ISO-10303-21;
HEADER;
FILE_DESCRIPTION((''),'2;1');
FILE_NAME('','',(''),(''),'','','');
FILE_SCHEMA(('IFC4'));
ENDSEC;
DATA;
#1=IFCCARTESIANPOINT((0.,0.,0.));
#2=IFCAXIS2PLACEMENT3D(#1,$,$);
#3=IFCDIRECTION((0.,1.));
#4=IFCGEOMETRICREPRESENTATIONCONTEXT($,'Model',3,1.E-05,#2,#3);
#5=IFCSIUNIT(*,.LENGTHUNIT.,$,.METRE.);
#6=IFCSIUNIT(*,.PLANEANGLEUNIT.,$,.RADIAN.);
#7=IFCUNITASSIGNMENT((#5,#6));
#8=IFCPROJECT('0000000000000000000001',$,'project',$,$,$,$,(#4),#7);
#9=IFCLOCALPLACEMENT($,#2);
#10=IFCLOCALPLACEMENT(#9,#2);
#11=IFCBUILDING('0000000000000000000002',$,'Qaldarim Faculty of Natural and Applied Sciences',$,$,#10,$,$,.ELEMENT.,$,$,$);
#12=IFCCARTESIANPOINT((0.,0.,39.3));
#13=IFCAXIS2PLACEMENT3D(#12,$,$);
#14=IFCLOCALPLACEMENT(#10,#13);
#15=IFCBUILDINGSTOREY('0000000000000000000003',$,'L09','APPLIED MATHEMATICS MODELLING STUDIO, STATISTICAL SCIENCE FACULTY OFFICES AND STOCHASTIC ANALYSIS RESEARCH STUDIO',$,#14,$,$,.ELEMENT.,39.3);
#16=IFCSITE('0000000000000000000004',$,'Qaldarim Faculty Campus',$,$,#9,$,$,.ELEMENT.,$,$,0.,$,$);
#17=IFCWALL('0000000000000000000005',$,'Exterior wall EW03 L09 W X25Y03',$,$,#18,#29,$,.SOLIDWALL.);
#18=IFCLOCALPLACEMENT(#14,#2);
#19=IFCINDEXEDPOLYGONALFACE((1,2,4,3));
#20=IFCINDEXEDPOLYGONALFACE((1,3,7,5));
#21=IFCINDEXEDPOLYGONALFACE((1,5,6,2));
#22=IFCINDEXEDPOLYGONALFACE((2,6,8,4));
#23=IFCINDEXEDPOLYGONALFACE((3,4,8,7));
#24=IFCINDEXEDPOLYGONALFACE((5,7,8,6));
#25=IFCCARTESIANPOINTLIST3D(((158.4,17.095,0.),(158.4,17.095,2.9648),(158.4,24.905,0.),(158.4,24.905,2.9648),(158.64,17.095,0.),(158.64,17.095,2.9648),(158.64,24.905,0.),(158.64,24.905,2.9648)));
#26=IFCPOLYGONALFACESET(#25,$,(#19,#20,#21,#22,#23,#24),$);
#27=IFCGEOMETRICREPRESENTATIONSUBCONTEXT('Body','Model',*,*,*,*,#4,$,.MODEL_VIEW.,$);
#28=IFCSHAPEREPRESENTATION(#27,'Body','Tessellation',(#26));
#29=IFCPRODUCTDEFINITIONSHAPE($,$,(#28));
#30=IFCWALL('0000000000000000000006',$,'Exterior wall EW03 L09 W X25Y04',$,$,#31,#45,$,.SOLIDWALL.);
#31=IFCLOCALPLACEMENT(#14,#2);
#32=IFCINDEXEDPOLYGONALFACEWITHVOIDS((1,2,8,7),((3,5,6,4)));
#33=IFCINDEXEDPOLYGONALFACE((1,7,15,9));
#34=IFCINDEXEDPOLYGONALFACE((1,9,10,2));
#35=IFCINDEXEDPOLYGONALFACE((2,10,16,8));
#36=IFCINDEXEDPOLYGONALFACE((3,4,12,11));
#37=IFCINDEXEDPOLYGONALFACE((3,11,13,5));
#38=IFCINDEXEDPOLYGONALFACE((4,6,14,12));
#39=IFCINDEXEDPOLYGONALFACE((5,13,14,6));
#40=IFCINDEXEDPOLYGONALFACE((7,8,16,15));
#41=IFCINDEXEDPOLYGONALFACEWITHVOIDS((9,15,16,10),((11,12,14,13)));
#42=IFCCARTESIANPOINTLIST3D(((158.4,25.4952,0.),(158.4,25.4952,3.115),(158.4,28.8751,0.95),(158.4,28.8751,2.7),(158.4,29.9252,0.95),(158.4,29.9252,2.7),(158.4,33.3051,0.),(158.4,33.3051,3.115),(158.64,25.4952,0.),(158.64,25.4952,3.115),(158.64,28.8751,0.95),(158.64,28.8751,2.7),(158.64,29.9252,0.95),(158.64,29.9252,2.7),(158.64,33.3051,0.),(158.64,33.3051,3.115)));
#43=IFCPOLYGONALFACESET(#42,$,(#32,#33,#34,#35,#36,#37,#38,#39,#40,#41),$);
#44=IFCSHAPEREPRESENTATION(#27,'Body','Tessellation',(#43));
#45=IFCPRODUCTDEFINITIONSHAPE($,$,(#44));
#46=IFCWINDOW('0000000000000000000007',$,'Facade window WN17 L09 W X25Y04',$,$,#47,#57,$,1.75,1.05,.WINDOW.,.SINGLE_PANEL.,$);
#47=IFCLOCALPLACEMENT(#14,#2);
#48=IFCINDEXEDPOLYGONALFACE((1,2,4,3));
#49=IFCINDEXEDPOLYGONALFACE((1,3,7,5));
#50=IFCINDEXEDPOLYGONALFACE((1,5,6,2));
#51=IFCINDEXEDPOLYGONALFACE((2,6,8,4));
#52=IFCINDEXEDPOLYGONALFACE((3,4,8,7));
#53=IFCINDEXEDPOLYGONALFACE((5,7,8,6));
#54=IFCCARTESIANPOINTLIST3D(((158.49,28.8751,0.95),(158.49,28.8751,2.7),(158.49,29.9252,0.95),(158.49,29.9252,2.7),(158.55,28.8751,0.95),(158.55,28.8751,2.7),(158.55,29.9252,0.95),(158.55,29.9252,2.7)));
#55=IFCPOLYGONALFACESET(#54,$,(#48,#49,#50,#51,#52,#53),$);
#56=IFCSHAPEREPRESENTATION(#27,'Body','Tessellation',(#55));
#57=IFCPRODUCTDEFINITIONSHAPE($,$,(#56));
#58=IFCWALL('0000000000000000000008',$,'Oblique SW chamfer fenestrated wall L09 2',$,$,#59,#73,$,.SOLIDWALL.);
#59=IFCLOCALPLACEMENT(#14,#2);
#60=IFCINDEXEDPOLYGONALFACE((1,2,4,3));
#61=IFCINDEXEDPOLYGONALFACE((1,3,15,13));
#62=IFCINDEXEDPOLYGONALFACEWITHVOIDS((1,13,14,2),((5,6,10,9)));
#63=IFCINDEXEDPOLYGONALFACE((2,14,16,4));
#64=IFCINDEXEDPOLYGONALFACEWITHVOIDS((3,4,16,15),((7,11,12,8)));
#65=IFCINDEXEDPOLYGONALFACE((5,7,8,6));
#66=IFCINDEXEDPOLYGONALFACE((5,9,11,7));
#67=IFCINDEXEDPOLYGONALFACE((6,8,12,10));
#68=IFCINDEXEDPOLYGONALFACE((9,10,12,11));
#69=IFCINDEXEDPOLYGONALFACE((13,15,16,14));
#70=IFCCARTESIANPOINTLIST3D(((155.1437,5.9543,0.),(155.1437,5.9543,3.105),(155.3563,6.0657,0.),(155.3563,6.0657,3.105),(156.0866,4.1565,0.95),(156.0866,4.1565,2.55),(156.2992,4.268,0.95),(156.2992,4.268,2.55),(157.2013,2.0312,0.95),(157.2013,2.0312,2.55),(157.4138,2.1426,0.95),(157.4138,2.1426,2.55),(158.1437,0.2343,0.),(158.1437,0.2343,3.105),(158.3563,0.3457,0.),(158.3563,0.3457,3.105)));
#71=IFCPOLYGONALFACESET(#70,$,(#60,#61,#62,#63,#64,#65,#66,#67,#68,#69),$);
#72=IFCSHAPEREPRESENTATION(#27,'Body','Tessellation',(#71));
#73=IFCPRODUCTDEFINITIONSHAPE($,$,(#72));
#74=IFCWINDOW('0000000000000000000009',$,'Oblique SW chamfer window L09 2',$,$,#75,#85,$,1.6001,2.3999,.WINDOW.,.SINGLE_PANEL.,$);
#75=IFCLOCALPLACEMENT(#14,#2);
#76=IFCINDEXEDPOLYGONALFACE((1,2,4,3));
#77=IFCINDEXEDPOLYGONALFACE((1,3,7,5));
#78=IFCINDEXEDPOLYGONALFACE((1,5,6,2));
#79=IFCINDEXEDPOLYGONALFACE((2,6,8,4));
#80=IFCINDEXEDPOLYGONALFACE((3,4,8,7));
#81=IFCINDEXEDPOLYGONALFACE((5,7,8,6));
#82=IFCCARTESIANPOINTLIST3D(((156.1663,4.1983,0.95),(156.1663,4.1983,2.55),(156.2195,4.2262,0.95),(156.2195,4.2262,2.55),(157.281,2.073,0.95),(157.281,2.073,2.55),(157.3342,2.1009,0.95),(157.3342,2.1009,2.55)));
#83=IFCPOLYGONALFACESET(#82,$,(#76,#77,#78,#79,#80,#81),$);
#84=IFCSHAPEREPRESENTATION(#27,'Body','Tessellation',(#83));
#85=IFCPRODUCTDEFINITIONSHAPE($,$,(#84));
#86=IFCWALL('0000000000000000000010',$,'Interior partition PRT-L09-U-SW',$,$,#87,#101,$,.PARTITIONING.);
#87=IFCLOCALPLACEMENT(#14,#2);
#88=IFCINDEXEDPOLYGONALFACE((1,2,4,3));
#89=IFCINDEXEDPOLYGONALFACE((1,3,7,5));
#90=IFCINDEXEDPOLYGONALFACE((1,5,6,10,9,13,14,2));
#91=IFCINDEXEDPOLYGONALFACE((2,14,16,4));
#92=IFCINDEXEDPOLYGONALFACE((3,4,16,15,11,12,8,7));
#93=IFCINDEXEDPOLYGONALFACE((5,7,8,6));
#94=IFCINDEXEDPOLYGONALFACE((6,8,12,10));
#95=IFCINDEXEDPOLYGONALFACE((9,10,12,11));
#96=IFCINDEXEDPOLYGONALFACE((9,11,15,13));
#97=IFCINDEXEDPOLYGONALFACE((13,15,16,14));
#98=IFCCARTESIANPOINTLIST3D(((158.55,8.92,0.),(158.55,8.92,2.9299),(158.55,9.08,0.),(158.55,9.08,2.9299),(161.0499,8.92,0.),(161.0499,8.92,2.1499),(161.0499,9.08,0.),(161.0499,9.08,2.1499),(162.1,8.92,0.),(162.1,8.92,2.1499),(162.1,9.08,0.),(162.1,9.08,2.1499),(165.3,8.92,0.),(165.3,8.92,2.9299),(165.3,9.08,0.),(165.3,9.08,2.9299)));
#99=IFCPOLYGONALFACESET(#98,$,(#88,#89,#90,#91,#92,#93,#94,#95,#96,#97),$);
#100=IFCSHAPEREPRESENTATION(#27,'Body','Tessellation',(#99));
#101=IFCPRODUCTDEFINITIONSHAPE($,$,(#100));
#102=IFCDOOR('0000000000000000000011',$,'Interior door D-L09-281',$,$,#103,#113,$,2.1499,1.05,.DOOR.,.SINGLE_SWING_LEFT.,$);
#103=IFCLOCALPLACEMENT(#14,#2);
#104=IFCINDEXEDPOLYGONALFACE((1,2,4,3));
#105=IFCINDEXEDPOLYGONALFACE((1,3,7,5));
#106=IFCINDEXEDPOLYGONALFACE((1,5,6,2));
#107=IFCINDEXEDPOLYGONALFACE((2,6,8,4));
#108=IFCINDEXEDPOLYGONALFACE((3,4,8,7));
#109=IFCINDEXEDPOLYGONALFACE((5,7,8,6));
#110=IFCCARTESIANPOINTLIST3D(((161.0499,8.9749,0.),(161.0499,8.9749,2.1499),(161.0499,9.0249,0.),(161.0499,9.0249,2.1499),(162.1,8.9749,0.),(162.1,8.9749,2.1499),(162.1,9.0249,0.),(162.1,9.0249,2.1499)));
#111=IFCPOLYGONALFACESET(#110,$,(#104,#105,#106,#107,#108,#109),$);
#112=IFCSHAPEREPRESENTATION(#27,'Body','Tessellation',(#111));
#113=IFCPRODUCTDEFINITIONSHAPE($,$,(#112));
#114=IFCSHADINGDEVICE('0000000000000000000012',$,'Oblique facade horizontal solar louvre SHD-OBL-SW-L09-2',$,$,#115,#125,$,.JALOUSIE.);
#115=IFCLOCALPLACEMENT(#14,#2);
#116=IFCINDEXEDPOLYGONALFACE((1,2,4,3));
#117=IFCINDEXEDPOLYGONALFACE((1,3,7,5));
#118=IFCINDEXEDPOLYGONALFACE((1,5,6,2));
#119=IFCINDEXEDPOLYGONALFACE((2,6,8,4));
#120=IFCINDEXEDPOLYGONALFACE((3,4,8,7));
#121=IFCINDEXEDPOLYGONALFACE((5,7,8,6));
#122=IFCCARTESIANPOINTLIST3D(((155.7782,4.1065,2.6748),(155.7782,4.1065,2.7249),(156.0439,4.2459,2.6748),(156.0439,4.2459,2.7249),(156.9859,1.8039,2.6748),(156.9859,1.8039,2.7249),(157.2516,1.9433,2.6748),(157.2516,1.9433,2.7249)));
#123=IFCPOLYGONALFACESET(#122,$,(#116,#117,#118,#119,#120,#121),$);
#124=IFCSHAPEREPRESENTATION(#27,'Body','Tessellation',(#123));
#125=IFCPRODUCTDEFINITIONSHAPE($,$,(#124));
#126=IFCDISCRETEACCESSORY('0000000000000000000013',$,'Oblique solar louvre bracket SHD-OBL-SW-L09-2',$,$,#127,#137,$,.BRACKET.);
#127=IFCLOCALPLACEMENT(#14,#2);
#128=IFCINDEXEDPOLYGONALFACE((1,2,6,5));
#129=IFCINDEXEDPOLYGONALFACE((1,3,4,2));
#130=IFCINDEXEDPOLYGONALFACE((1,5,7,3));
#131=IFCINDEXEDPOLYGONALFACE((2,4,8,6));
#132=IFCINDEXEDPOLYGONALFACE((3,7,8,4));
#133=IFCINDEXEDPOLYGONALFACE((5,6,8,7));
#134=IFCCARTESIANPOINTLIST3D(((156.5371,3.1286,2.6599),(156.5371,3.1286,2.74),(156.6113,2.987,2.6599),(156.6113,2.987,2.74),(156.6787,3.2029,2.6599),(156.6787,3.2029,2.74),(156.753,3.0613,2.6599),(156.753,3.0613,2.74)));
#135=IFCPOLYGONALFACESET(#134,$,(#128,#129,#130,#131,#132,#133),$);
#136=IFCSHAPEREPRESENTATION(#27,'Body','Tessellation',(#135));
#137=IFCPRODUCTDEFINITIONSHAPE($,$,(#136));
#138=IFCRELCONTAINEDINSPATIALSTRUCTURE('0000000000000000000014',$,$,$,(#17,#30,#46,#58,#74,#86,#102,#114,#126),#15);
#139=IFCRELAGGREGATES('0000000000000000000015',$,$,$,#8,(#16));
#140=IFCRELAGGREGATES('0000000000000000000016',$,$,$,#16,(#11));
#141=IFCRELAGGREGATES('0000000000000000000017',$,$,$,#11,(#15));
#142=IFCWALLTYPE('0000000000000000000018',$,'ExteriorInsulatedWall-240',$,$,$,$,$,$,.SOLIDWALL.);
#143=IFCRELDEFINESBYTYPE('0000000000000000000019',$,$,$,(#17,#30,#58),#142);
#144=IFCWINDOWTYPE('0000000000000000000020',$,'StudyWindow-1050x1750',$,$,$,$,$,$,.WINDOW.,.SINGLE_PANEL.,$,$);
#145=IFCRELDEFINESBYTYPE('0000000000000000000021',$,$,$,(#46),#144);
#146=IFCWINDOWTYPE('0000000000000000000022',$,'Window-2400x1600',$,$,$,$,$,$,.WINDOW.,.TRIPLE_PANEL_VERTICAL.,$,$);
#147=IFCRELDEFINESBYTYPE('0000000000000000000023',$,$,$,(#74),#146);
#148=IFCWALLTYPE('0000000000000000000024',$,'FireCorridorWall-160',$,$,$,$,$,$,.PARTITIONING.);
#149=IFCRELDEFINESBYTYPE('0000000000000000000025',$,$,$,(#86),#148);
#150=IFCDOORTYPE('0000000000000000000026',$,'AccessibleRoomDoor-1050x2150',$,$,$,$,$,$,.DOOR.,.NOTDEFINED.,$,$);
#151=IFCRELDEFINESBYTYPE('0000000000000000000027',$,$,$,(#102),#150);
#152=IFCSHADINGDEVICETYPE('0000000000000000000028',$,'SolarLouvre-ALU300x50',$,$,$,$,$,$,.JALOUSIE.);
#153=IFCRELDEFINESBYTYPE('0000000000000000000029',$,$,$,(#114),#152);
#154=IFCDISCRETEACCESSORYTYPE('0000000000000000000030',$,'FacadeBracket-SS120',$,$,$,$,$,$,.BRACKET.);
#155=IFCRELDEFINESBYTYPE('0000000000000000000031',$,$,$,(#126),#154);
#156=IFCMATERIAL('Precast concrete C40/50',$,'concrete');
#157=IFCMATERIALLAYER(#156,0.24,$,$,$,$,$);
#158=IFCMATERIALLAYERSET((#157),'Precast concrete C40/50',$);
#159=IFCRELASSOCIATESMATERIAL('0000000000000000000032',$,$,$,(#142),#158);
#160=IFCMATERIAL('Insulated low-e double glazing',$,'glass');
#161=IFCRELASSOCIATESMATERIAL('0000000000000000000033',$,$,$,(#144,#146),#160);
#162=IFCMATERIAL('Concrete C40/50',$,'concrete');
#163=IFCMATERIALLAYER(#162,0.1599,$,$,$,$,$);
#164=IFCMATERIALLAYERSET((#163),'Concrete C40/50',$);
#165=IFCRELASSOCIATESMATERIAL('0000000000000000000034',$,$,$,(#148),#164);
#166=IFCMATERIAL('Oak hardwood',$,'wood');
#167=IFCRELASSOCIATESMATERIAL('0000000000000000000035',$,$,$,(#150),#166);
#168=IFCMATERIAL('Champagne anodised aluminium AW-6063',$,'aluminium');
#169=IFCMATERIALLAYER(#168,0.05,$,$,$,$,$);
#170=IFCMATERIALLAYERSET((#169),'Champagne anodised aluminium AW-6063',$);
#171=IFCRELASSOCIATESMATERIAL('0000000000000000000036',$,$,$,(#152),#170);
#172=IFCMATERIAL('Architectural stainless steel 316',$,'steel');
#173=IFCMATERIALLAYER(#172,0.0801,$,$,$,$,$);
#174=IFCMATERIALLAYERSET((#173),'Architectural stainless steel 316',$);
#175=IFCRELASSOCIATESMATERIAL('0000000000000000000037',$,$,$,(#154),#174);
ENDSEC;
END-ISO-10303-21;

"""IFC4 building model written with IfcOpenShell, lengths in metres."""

from ifc_helpers import new_model, si_unit, direction, frame, frame_2d, origin, origin_2d, place, context, subcontext, project, spatial, rectangle, extrude, material, layer, layer_set, type_object, element, fill, save


model = new_model("IFC4")

# Units and contexts
model_context = context("Model", 3, precision=1e-05, world=origin(), true_north=direction((0.0, 1.0)))
body_context = subcontext(model_context, "Body", "Model", "MODEL_VIEW")
ifc_project = project(units=[si_unit("LENGTHUNIT", "METRE"), si_unit("PLANEANGLEUNIT", "RADIAN")], contexts=[model_context])

# Site, building, storey
site_placement = place(None, origin())
site = spatial("IfcSite", under=ifc_project, at=site_placement, Name="Qaldarim Faculty Campus", CompositionType="ELEMENT", RefElevation=0.0)
building_placement = place(site_placement, origin())
building = spatial("IfcBuilding", under=site, at=building_placement, Name="Qaldarim Faculty of Natural and Applied Sciences", CompositionType="ELEMENT")
storey_placement = place(building_placement, frame((0.0, 0.0, 39.3)))
storey = spatial("IfcBuildingStorey", under=building, at=storey_placement, Name="L09", Description="APPLIED MATHEMATICS MODELLING STUDIO, STATISTICAL SCIENCE FACULTY OFFICES AND STOCHASTIC ANALYSIS RESEARCH STUDIO", CompositionType="ELEMENT", Elevation=39.3)

# Shared definitions
ifc_material_1 = material(Name="Concrete C40/50", Category="concrete")
ifc_material_2 = material(Name="Precast concrete C40/50", Category="concrete")

# Shared definitions
ifc_layer_1 = layer(ifc_material_2, 0.24)
ifc_layer_set_1 = layer_set([ifc_layer_1], Name="Precast concrete C40/50")
wall_type_1 = type_object("IfcWallType", Name="ExteriorInsulatedWall-240", PredefinedType="SOLIDWALL", material=ifc_layer_set_1)
ifc_material_3 = material(Name="Insulated low-e double glazing", Category="glass")

# Wall
wall_1_placement = place(storey_placement, frame((158.52, 24.905, 0.0), z_axis=(0.0, 0.0, 1.0), x_axis=(0.0, -1.0, 0.0)))
element("IfcWall", 1, at=wall_1_placement, inside=storey, type_object=wall_type_1, Name="Exterior wall EW03 L09 W X25Y03", PredefinedType="SOLIDWALL", context=body_context, shape_type="SweptSolid", body=[
    extrude(rectangle(XDim=7.8101, YDim=0.24, at=frame_2d((3.905, 0.0))), origin(), (0.0, 0.0, 1.0), 2.9648),
])

# Walls, openings, windows
wall_2_placement = place(storey_placement, frame((158.52, 33.3049, 0.0), z_axis=(0.0, 0.0, 1.0), x_axis=(0.0, -1.0, 0.0)))
wall_2 = element("IfcWall", 2, at=wall_2_placement, inside=storey, type_object=wall_type_1, Name="Exterior wall EW03 L09 W X25Y04", PredefinedType="SOLIDWALL", context=body_context, shape_type="SweptSolid", body=[
    extrude(rectangle(XDim=7.8098, YDim=0.24, at=frame_2d((3.9048, 0.0))), origin(), (0.0, 0.0, 1.0), 3.115),
])
opening_1_placement = place(wall_2_placement, frame((3.3799, 0.0, 0.95)))
opening_1 = element("IfcOpeningElement", 3, at=opening_1_placement, cuts=wall_2, PredefinedType="OPENING", context=body_context, shape_type="SweptSolid", body=[
    extrude(rectangle(XDim=1.05, YDim=1.75, at=frame_2d((0.5249, 0.875))), frame((0.0, 0.1299, 0.0), z_axis=(0.0, -1.0, 0.0), x_axis=(1.0, 0.0, 0.0)), (0.0, 0.0, 1.0), 0.26),
])
window_type_1 = type_object("IfcWindowType", Name="StudyWindow-1050x1750", PartitioningType="SINGLE_PANEL", PredefinedType="WINDOW", material=ifc_material_3)
window_1_placement = place(opening_1_placement, origin())
window_1 = element("IfcWindow", 4, at=window_1_placement, inside=storey, type_object=window_type_1, Name="Facade window WN17 L09 W X25Y04", OverallHeight=1.75, OverallWidth=1.05, PartitioningType="SINGLE_PANEL", PredefinedType="WINDOW", context=body_context, shape_type="SweptSolid", body=[
    extrude(rectangle(XDim=1.05, YDim=1.75, at=frame_2d((0.5249, 0.875))), frame((0.0, 0.03, 0.0), z_axis=(0.0, -1.0, 0.0), x_axis=(1.0, 0.0, 0.0)), (0.0, 0.0, 1.0), 0.0601),
])
fill(opening_1, window_1)
wall_3_placement = place(storey_placement, frame((155.25, 6.01, 0.0), z_axis=(0.0, 0.0, 1.0), x_axis=(0.464472, -0.885588, 0.0)))
wall_3 = element("IfcWall", 5, at=wall_3_placement, inside=storey, type_object=wall_type_1, Name="Oblique SW chamfer fenestrated wall L09 2", PredefinedType="SOLIDWALL", context=body_context, shape_type="SweptSolid", body=[
    extrude(rectangle(XDim=6.459, YDim=0.24, at=frame_2d((3.2295, 0.0))), origin(), (0.0, 0.0, 1.0), 3.105),
])
opening_2_placement = place(wall_3_placement, frame((2.03, 0.0, 0.95)))
opening_2 = element("IfcOpeningElement", 6, at=opening_2_placement, cuts=wall_3, PredefinedType="OPENING", context=body_context, shape_type="SweptSolid", body=[
    extrude(rectangle(XDim=2.3999, YDim=1.6001, at=frame_2d((1.2, 0.8))), frame((0.0, 0.1299, 0.0), z_axis=(0.0, -1.0, 0.0), x_axis=(1.0, 0.0, 0.0)), (0.0, 0.0, 1.0), 0.26),
])
window_type_2 = type_object("IfcWindowType", Name="Window-2400x1600", PartitioningType="TRIPLE_PANEL_VERTICAL", PredefinedType="WINDOW", material=ifc_material_3)
window_2_placement = place(opening_2_placement, origin())
window_2 = element("IfcWindow", 7, at=window_2_placement, inside=storey, type_object=window_type_2, Name="Oblique SW chamfer window L09 2", OverallHeight=1.6001, OverallWidth=2.3999, PartitioningType="SINGLE_PANEL", PredefinedType="WINDOW", context=body_context, shape_type="SweptSolid", body=[
    extrude(rectangle(XDim=2.3999, YDim=1.6001, at=frame_2d((1.2, 0.8))), frame((0.0, 0.03, 0.0), z_axis=(0.0, -1.0, 0.0), x_axis=(1.0, 0.0, 0.0)), (0.0, 0.0, 1.0), 0.0601),
])
fill(opening_2, window_2)

# Wall, opening, door
ifc_layer_2 = layer(ifc_material_1, 0.1599)
ifc_layer_set_2 = layer_set([ifc_layer_2], Name="Concrete C40/50")
wall_type_2 = type_object("IfcWallType", Name="FireCorridorWall-160", PredefinedType="PARTITIONING", material=ifc_layer_set_2)
wall_4_placement = place(storey_placement, frame((158.55, 9.0, 0.0), z_axis=(0.0, 0.0, 1.0), x_axis=(1.0, 0.0, 0.0)))
wall_4 = element("IfcWall", 8, at=wall_4_placement, inside=storey, type_object=wall_type_2, Name="Interior partition PRT-L09-U-SW", PredefinedType="PARTITIONING", context=body_context, shape_type="SweptSolid", body=[
    extrude(rectangle(XDim=6.75, YDim=0.1599, at=frame_2d((3.375, 0.0))), origin(), (0.0, 0.0, 1.0), 2.9299),
])
opening_3_placement = place(wall_4_placement, frame((2.5, 0.0, 0.0)))
opening_3 = element("IfcOpeningElement", 9, at=opening_3_placement, cuts=wall_4, PredefinedType="OPENING", context=body_context, shape_type="SweptSolid", body=[
    extrude(rectangle(XDim=1.05, YDim=2.1499, at=frame_2d((0.5249, 1.075))), frame((0.0, 0.0898, 0.0), z_axis=(0.0, -1.0, 0.0), x_axis=(1.0, 0.0, 0.0)), (0.0, 0.0, 1.0), 0.1799),
])
ifc_material_4 = material(Name="Oak hardwood", Category="wood")
door_type = type_object("IfcDoorType", Name="AccessibleRoomDoor-1050x2150", OperationType="NOTDEFINED", PredefinedType="DOOR", material=ifc_material_4)
door_placement = place(opening_3_placement, origin())
door = element("IfcDoor", 10, at=door_placement, inside=storey, type_object=door_type, Name="Interior door D-L09-281", OperationType="SINGLE_SWING_LEFT", OverallHeight=2.1499, OverallWidth=1.05, PredefinedType="DOOR", context=body_context, shape_type="SweptSolid", body=[
    extrude(rectangle(XDim=1.05, YDim=2.1499, at=frame_2d((0.5249, 1.075))), frame((0.0, 0.0249, 0.0), z_axis=(0.0, -1.0, 0.0), x_axis=(1.0, 0.0, 0.0)), (0.0, 0.0, 1.0), 0.05),
])
fill(opening_3, door)

# Shading device
ifc_material_5 = material(Name="Champagne anodised aluminium AW-6063", Category="aluminium")
ifc_layer_3 = layer(ifc_material_5, 0.05)
ifc_layer_set_3 = layer_set([ifc_layer_3], Name="Champagne anodised aluminium AW-6063")
shading_device_type = type_object("IfcShadingDeviceType", Name="SolarLouvre-ALU300x50", PredefinedType="JALOUSIE", material=ifc_layer_set_3)
shading_device_placement = place(storey_placement, frame((156.5149, 3.0249, 2.6748), z_axis=(0.0, 0.0, 1.0), x_axis=(0.464471, -0.885588, 0.0)))
element("IfcShadingDevice", 11, at=shading_device_placement, inside=storey, type_object=shading_device_type, Name="Oblique facade horizontal solar louvre SHD-OBL-SW-L09-2", PredefinedType="JALOUSIE", context=body_context, shape_type="SweptSolid", body=[
    extrude(rectangle(XDim=2.6001, YDim=0.3, at=origin_2d()), origin(), (0.0, 0.0, 1.0), 0.05),
])

# Discrete accessory
ifc_material_6 = material(Name="Architectural stainless steel 316", Category="steel")
ifc_layer_4 = layer(ifc_material_6, 0.0801)
ifc_layer_set_4 = layer_set([ifc_layer_4], Name="Architectural stainless steel 316")
discrete_accessory_type = type_object("IfcDiscreteAccessoryType", Name="FacadeBracket-SS120", PredefinedType="BRACKET", material=ifc_layer_set_4)
discrete_accessory_placement = place(storey_placement, frame((156.645, 3.095, 2.6599), z_axis=(0.0, 0.0, 1.0), x_axis=(0.464471, -0.885588, 0.0)))
element("IfcDiscreteAccessory", 12, at=discrete_accessory_placement, inside=storey, type_object=discrete_accessory_type, Name="Oblique solar louvre bracket SHD-OBL-SW-L09-2", PredefinedType="BRACKET", context=body_context, shape_type="SweptSolid", body=[
    extrude(rectangle(XDim=0.1599, YDim=0.1599, at=origin_2d()), origin(), (0.0, 0.0, 1.0), 0.0801),
])

save(model, "model.ifc")
